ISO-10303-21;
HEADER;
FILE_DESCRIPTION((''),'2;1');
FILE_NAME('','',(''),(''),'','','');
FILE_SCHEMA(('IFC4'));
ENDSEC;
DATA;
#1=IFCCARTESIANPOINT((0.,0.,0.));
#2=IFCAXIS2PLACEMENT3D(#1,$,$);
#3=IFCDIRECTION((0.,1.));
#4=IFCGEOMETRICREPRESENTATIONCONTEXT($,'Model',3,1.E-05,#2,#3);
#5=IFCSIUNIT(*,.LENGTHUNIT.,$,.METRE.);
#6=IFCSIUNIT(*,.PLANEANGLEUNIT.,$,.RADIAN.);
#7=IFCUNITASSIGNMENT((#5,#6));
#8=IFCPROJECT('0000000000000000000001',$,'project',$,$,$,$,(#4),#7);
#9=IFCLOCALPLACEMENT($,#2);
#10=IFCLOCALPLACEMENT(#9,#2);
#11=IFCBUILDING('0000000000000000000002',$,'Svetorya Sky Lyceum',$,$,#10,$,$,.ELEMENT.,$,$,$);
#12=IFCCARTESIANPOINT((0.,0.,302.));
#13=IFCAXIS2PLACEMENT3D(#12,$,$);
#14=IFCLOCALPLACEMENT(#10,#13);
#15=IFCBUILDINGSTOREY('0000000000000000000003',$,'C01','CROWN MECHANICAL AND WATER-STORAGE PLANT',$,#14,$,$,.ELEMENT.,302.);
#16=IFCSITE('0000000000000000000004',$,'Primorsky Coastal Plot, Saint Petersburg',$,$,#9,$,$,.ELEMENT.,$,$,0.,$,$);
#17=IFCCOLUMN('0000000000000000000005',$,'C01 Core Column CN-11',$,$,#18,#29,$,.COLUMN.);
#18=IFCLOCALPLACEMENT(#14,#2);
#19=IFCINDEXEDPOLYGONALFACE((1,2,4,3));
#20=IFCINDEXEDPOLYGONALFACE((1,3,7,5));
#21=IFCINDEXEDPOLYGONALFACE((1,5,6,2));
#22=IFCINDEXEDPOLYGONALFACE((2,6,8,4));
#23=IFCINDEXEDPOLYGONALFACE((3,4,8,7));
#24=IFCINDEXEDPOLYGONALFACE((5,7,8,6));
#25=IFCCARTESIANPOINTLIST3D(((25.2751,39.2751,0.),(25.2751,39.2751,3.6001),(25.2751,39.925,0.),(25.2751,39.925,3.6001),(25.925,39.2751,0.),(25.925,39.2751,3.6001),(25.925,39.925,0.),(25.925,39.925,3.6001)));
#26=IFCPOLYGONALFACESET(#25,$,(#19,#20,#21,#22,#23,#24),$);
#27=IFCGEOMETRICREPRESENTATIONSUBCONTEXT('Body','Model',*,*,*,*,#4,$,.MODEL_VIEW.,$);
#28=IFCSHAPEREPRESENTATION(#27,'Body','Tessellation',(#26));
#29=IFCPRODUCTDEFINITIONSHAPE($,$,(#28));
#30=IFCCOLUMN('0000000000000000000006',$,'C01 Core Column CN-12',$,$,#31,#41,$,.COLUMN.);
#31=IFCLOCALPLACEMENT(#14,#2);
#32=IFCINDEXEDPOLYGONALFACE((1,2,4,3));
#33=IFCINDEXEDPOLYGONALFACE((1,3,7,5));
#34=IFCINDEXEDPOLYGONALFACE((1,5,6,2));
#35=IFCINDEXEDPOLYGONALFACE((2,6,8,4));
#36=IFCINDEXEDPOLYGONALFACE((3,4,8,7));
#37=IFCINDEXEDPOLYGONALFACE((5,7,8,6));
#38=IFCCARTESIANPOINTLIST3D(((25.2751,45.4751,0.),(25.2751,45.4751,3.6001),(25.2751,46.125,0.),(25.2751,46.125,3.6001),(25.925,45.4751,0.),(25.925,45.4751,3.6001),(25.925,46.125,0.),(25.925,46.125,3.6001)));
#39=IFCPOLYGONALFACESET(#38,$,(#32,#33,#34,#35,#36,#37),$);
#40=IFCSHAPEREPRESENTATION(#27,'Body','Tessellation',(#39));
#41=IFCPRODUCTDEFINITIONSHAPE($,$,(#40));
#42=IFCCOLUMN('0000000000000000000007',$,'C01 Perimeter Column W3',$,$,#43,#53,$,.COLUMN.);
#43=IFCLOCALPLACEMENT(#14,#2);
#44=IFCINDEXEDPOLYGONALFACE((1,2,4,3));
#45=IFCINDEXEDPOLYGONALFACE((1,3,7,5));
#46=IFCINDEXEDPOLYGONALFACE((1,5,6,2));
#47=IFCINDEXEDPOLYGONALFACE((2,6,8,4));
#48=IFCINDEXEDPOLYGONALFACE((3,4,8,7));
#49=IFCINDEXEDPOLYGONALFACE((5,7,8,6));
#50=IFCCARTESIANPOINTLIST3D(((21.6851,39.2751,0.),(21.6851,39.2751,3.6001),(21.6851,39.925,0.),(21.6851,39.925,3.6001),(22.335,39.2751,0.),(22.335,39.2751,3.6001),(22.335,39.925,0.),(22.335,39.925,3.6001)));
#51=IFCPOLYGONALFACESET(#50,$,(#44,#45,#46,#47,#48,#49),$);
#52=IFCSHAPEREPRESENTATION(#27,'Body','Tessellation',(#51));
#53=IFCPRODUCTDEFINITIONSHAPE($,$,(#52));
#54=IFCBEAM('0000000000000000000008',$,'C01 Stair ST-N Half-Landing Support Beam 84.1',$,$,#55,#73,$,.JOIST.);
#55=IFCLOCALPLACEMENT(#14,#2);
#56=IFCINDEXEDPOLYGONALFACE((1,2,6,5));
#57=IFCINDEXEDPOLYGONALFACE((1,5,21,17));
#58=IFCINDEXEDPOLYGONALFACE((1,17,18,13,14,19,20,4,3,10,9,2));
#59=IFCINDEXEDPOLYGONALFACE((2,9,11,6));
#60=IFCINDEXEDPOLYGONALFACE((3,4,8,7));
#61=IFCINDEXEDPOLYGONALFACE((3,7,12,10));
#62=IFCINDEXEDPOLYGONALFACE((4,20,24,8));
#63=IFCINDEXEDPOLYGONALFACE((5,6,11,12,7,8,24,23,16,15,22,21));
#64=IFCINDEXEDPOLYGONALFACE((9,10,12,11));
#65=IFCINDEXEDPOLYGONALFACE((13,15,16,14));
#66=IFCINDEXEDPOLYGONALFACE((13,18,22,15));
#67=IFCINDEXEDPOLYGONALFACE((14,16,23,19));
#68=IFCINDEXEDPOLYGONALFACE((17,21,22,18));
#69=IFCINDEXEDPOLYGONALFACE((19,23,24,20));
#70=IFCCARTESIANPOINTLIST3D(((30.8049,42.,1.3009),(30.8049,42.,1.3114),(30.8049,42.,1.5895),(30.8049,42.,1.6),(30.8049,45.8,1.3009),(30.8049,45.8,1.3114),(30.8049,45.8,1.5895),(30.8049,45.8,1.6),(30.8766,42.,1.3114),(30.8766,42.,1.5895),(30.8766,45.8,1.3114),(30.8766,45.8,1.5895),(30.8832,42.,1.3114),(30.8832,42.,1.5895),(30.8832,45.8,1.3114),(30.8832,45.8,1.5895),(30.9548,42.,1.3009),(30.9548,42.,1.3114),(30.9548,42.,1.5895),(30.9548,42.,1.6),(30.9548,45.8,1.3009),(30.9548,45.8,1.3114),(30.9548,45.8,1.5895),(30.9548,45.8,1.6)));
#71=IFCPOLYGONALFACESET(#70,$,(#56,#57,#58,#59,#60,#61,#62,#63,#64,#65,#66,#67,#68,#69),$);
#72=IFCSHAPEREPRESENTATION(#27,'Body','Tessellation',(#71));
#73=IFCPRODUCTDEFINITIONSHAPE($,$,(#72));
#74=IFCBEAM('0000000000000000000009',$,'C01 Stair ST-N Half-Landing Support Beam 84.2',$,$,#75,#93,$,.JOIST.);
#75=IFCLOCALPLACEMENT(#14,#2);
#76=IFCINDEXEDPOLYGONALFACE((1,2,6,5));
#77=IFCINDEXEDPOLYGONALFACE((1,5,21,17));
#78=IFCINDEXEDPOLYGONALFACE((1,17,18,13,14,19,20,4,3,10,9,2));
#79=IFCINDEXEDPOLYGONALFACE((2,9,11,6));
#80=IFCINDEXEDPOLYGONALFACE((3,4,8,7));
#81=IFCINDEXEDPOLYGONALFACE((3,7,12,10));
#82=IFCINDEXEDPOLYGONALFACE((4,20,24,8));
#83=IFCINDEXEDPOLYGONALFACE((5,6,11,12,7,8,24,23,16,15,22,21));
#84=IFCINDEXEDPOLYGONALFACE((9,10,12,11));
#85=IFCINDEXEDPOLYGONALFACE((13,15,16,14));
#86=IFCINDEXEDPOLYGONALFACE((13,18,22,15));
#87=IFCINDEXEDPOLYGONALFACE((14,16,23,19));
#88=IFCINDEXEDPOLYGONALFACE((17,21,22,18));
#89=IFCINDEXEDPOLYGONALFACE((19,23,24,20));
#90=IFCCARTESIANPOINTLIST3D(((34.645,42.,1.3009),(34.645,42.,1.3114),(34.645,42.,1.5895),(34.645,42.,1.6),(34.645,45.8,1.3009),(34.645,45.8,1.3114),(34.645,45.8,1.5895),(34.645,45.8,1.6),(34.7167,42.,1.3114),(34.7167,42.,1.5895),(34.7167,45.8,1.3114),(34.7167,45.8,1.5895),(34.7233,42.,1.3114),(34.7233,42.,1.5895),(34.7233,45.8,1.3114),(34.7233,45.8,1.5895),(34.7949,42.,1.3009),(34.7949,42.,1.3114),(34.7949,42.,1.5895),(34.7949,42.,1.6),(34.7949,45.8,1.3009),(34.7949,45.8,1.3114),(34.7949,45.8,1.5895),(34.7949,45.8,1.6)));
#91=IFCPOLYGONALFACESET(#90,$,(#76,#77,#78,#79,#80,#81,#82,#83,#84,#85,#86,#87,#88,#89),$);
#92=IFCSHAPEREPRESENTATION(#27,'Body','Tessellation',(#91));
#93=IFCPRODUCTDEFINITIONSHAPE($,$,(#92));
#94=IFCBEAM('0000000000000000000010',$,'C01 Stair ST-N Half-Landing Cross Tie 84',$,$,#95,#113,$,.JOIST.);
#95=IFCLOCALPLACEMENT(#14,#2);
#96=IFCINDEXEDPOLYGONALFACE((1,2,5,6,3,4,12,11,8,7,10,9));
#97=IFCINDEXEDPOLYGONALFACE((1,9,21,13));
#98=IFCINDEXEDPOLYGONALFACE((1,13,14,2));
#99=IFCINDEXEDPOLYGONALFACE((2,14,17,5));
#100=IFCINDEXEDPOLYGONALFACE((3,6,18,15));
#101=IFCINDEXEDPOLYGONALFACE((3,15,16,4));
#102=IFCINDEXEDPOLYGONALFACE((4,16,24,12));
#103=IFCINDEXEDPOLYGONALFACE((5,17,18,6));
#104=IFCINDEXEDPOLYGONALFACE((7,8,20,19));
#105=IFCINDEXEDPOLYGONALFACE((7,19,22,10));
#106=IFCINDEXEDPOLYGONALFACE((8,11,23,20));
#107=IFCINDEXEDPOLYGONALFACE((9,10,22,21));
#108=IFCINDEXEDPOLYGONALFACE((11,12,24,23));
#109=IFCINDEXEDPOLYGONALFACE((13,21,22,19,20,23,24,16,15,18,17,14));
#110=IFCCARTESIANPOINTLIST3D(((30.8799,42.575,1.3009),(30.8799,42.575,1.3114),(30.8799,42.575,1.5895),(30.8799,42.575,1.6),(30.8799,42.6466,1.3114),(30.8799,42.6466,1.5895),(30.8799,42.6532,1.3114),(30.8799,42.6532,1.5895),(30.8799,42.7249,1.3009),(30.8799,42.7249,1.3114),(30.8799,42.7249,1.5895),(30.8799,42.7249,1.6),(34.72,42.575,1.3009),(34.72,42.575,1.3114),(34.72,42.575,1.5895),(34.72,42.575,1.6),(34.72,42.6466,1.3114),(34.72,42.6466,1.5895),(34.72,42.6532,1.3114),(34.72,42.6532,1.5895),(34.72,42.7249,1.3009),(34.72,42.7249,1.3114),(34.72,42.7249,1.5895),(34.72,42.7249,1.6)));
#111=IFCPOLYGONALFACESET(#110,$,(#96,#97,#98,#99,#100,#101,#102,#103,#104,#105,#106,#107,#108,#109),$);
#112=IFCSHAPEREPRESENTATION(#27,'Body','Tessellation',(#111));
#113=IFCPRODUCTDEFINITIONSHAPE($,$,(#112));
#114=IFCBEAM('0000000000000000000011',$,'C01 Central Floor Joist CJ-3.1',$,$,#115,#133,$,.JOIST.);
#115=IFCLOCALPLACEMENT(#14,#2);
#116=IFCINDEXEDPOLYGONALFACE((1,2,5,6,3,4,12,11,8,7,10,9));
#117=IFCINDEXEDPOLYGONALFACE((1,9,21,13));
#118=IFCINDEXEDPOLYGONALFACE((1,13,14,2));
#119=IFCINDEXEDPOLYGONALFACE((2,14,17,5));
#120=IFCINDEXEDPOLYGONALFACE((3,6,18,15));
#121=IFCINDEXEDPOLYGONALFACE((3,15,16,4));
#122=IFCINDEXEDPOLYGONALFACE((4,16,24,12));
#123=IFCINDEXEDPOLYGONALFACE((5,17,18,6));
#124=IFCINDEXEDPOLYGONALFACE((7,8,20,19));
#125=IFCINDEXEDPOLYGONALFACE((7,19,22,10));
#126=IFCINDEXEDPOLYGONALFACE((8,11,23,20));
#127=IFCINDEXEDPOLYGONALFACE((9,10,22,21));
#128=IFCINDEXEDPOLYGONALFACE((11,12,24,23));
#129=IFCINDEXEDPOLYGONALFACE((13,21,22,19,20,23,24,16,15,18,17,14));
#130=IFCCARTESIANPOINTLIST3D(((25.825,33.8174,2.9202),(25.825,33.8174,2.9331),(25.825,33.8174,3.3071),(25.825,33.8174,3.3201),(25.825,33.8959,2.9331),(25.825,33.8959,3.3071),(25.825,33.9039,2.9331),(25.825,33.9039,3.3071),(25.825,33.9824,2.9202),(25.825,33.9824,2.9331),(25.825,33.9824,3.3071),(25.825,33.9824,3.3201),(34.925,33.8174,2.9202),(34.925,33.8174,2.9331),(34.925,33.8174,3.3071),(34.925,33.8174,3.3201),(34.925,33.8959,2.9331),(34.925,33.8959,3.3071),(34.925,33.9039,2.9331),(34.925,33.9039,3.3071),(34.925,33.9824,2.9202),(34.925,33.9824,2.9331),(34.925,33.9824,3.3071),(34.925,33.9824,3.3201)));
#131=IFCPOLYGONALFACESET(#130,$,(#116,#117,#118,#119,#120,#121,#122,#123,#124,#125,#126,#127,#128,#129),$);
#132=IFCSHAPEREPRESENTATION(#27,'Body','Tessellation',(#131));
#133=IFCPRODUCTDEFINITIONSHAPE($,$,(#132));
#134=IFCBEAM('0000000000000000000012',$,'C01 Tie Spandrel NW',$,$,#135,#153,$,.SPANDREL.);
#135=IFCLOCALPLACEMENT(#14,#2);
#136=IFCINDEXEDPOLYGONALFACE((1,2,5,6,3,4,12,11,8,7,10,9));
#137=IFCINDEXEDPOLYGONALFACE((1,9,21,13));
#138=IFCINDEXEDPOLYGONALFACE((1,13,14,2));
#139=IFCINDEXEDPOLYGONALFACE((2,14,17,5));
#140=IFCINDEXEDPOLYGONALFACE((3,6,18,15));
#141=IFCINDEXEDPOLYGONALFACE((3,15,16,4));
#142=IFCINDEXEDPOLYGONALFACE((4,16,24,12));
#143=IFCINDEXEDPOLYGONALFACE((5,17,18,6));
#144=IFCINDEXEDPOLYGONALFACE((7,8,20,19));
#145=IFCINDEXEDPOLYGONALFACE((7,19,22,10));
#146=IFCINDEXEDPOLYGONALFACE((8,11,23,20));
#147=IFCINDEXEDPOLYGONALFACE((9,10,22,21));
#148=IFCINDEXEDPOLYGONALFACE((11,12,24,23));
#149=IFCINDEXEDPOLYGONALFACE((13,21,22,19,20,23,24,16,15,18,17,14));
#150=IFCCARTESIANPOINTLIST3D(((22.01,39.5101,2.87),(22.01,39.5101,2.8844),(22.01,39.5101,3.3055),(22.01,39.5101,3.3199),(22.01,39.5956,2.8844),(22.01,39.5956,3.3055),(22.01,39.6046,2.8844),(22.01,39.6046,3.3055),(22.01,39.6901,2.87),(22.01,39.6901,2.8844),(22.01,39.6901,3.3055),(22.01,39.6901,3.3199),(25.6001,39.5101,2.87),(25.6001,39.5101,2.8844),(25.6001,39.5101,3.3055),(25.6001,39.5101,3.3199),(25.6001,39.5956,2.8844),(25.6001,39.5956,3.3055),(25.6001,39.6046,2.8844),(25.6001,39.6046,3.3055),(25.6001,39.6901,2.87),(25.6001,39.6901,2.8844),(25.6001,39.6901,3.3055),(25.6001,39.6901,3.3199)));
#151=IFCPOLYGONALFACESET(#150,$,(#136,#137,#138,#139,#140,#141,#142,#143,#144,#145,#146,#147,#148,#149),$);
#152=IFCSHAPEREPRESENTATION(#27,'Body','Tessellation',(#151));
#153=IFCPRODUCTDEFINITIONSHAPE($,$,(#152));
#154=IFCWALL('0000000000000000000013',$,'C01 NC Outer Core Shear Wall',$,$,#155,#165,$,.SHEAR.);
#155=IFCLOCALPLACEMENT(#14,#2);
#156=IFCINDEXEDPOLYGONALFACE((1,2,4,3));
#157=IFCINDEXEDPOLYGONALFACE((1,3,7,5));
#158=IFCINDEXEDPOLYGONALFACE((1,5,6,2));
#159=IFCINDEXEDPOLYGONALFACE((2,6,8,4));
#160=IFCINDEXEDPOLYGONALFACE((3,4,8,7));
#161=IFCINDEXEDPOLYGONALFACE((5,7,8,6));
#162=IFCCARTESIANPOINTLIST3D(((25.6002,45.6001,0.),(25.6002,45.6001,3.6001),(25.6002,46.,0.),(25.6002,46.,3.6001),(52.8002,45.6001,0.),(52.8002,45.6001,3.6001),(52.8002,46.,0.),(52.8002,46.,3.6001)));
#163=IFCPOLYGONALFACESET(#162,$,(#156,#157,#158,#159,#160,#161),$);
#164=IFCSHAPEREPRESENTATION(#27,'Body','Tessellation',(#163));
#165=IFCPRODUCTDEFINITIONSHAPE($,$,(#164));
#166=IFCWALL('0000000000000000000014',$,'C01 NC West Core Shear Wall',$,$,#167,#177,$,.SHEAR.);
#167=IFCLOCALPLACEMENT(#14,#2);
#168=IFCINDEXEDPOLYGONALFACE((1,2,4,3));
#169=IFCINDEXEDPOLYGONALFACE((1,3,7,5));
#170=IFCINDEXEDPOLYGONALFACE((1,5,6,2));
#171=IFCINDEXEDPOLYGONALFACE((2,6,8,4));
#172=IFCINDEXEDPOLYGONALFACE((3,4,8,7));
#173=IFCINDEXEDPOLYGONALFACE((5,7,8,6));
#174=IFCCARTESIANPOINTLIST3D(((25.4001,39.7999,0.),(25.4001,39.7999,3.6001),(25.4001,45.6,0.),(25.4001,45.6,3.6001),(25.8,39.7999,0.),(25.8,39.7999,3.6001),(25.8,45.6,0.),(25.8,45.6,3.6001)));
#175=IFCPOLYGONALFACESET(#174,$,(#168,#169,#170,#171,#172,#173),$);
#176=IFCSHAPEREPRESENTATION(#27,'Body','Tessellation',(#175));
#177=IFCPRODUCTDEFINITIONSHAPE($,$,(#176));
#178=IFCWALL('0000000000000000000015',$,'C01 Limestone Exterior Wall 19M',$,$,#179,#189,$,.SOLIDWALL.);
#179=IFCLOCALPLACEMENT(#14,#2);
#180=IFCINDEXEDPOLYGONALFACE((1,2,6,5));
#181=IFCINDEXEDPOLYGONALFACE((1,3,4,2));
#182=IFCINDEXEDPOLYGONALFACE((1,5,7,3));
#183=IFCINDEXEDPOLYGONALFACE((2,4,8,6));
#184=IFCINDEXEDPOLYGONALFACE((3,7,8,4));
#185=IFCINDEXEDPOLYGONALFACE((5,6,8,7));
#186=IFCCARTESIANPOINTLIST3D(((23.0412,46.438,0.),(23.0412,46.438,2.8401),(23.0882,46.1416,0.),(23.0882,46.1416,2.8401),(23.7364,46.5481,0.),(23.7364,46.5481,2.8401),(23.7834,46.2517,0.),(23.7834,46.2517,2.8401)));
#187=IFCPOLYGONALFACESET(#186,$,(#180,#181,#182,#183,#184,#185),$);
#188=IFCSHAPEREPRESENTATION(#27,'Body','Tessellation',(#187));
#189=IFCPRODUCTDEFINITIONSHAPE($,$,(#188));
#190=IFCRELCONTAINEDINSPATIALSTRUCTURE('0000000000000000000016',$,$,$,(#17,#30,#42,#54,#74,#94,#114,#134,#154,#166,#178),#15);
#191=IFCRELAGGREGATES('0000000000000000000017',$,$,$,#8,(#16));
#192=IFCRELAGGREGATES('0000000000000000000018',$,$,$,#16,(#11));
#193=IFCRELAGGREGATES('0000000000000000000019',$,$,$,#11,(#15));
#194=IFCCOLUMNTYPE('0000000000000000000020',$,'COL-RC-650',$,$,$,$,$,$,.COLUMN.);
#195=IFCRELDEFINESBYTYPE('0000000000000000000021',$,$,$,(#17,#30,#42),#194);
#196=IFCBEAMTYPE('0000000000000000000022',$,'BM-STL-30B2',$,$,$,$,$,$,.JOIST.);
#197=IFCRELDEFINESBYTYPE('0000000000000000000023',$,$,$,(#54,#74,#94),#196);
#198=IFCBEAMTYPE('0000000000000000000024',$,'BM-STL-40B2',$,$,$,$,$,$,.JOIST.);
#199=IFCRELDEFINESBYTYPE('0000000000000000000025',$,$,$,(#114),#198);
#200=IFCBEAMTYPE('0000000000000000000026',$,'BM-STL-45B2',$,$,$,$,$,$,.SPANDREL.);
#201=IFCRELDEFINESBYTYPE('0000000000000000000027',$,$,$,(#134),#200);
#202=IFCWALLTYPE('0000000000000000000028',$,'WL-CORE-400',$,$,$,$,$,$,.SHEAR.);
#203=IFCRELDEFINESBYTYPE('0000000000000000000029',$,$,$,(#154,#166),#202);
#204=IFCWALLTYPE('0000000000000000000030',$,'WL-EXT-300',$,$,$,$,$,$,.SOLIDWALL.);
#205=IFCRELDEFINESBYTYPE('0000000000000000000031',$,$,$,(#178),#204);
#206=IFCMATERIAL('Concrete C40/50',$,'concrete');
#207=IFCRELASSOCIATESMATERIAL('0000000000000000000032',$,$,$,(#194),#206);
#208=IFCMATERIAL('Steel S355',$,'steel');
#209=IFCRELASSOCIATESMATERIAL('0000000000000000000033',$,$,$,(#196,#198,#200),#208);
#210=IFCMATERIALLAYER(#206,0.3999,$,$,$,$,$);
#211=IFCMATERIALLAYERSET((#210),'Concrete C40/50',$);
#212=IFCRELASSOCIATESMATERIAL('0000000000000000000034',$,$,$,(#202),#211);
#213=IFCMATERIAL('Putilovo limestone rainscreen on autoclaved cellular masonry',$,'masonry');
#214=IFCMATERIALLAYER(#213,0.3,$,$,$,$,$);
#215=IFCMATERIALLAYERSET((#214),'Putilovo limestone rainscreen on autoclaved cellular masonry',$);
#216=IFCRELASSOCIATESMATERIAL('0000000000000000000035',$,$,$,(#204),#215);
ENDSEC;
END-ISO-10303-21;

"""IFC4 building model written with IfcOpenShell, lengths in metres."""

from ifc_helpers import new_model, si_unit, direction, frame, frame_2d, origin, origin_2d, place, context, subcontext, project, spatial, rectangle, i_section, extrude, material, layer, layer_set, material_profile, profile_set, type_object, element, save


model = new_model("IFC4")

# Units and contexts
model_context = context("Model", 3, precision=1e-05, world=origin(), true_north=direction((0.0, 1.0)))
body_context = subcontext(model_context, "Body", "Model", "MODEL_VIEW")
ifc_project = project(units=[si_unit("LENGTHUNIT", "METRE"), si_unit("PLANEANGLEUNIT", "RADIAN")], contexts=[model_context])

# Site, building, storey
site_placement = place(None, origin())
site = spatial("IfcSite", under=ifc_project, at=site_placement, Name="Primorsky Coastal Plot, Saint Petersburg", CompositionType="ELEMENT", RefElevation=0.0)
building_placement = place(site_placement, origin())
building = spatial("IfcBuilding", under=site, at=building_placement, Name="Svetorya Sky Lyceum", CompositionType="ELEMENT")
storey_placement = place(building_placement, frame((0.0, 0.0, 302.0)))
storey = spatial("IfcBuildingStorey", under=building, at=storey_placement, Name="C01", Description="CROWN MECHANICAL AND WATER-STORAGE PLANT", CompositionType="ELEMENT", Elevation=302.0)

# Columns
ifc_material_1 = material(Name="Concrete C40/50", Category="concrete")
ifc_material_profile_1 = material_profile(ifc_material_1, rectangle(XDim=0.6499, YDim=0.6499, at=origin_2d()), Name="RC COL 650x650")
ifc_profile_set_1 = profile_set([ifc_material_profile_1], Name="Concrete C40/50")
column_type = type_object("IfcColumnType", Name="COL-RC-650", PredefinedType="COLUMN", material=ifc_profile_set_1)
for number, where, z_axis, x_axis, name in (
    (1, (25.6001, 39.6001, 0.0), (0.0, 0.0, 1.0), (1.0, 0.0, 0.0), "C01 Core Column CN-11"),
    (2, (25.6001, 45.8, 0.0), (0.0, 0.0, 1.0), (1.0, 0.0, 0.0), "C01 Core Column CN-12"),
    (3, (22.01, 39.6001, 0.0), (0.0, 0.0, 1.0), (1.0, 0.0, 0.0), "C01 Perimeter Column W3"),
):
    element("IfcColumn", number, at=place(storey_placement, frame(where, z_axis=z_axis, x_axis=x_axis)), inside=storey, type_object=column_type, Name=name, PredefinedType="COLUMN", context=body_context, shape_type="SweptSolid", body=[
        extrude(rectangle(XDim=0.6499, YDim=0.6499, at=origin_2d()), origin(), (0.0, 0.0, 1.0), 3.6001),
    ])

# Beams
ifc_material_2 = material(Name="Steel S355", Category="steel")
ifc_material_profile_2 = material_profile(ifc_material_2, i_section(OverallWidth=0.1499, OverallDepth=0.2991, WebThickness=0.0066, FlangeThickness=0.0105, at=origin_2d()), Name="GOST 30B2")
ifc_profile_set_2 = profile_set([ifc_material_profile_2], Name="Steel S355")
beam_type_1 = type_object("IfcBeamType", Name="BM-STL-30B2", PredefinedType="JOIST", material=ifc_profile_set_2)
for number, where, z_axis, x_axis, name in (
    (4, (30.8799, 42.0, 1.4504), (0.0, 1.0, 0.0), (-1.0, 0.0, 0.0), "C01 Stair ST-N Half-Landing Support Beam 84.1"),
    (5, (34.72, 42.0, 1.4504), (0.0, 1.0, 0.0), (-1.0, 0.0, 0.0), "C01 Stair ST-N Half-Landing Support Beam 84.2"),
):
    element("IfcBeam", number, at=place(storey_placement, frame(where, z_axis=z_axis, x_axis=x_axis)), inside=storey, type_object=beam_type_1, Name=name, PredefinedType="JOIST", context=body_context, shape_type="SweptSolid", body=[
        extrude(i_section(OverallWidth=0.1499, OverallDepth=0.2991, WebThickness=0.0066, FlangeThickness=0.0105, at=origin_2d()), origin(), (0.0, 0.0, 1.0), 3.8),
    ])
beam_1_placement = place(storey_placement, frame((30.8799, 42.6499, 1.4504), z_axis=(1.0, 0.0, 0.0), x_axis=(0.0, 1.0, 0.0)))
element("IfcBeam", 6, at=beam_1_placement, inside=storey, type_object=beam_type_1, Name="C01 Stair ST-N Half-Landing Cross Tie 84", PredefinedType="JOIST", context=body_context, shape_type="SweptSolid", body=[
    extrude(i_section(OverallWidth=0.1499, OverallDepth=0.2991, WebThickness=0.0066, FlangeThickness=0.0105, at=origin_2d()), origin(), (0.0, 0.0, 1.0), 3.8401),
])
ifc_material_profile_3 = material_profile(ifc_material_2, i_section(OverallWidth=0.165, OverallDepth=0.3999, WebThickness=0.0081, FlangeThickness=0.0129, at=origin_2d()), Name="GOST 40B2")
ifc_profile_set_3 = profile_set([ifc_material_profile_3], Name="Steel S355")
beam_type_2 = type_object("IfcBeamType", Name="BM-STL-40B2", PredefinedType="JOIST", material=ifc_profile_set_3)
beam_2_placement = place(storey_placement, frame((25.825, 33.8999, 3.1201), z_axis=(1.0, 0.0, 0.0), x_axis=(0.0, 1.0, 0.0)))
element("IfcBeam", 7, at=beam_2_placement, inside=storey, type_object=beam_type_2, Name="C01 Central Floor Joist CJ-3.1", PredefinedType="JOIST", context=body_context, shape_type="SweptSolid", body=[
    extrude(i_section(OverallWidth=0.165, OverallDepth=0.3999, WebThickness=0.0081, FlangeThickness=0.0129, at=origin_2d()), origin(), (0.0, 0.0, 1.0), 9.1001),
])
ifc_material_profile_4 = material_profile(ifc_material_2, i_section(OverallWidth=0.1799, OverallDepth=0.45, WebThickness=0.009, FlangeThickness=0.0144, at=origin_2d()), Name="GOST 45B2")
ifc_profile_set_4 = profile_set([ifc_material_profile_4], Name="Steel S355")
beam_type_3 = type_object("IfcBeamType", Name="BM-STL-45B2", PredefinedType="SPANDREL", material=ifc_profile_set_4)
beam_3_placement = place(storey_placement, frame((22.01, 39.6001, 3.095), z_axis=(1.0, 0.0, 0.0), x_axis=(0.0, 1.0, 0.0)))
element("IfcBeam", 8, at=beam_3_placement, inside=storey, type_object=beam_type_3, Name="C01 Tie Spandrel NW", PredefinedType="SPANDREL", context=body_context, shape_type="SweptSolid", body=[
    extrude(i_section(OverallWidth=0.1799, OverallDepth=0.45, WebThickness=0.009, FlangeThickness=0.0144, at=origin_2d()), origin(), (0.0, 0.0, 1.0), 3.5901),
])

# Walls
ifc_layer_1 = layer(ifc_material_1, 0.3999)
ifc_layer_set_1 = layer_set([ifc_layer_1], Name="Concrete C40/50")
wall_type_1 = type_object("IfcWallType", Name="WL-CORE-400", PredefinedType="SHEAR", material=ifc_layer_set_1)
wall_1_placement = place(storey_placement, frame((25.6001, 45.8, 0.0), z_axis=(0.0, 0.0, 1.0), x_axis=(1.0, 0.0, 0.0)))
element("IfcWall", 9, at=wall_1_placement, inside=storey, type_object=wall_type_1, Name="C01 NC Outer Core Shear Wall", PredefinedType="SHEAR", context=body_context, shape_type="SweptSolid", body=[
    extrude(rectangle(XDim=27.2, YDim=0.3999, at=frame_2d((13.6001, 0.0))), origin(), (0.0, 0.0, 1.0), 3.6001),
])
wall_2_placement = place(storey_placement, frame((25.6001, 39.8, 0.0), z_axis=(0.0, 0.0, 1.0), x_axis=(0.0, 1.0, 0.0)))
element("IfcWall", 10, at=wall_2_placement, inside=storey, type_object=wall_type_1, Name="C01 NC West Core Shear Wall", PredefinedType="SHEAR", context=body_context, shape_type="SweptSolid", body=[
    extrude(rectangle(XDim=5.8, YDim=0.3999, at=frame_2d((2.8999, 0.0))), origin(), (0.0, 0.0, 1.0), 3.6001),
])
ifc_material_3 = material(Name="Putilovo limestone rainscreen on autoclaved cellular masonry", Category="masonry")
ifc_layer_2 = layer(ifc_material_3, 0.3)
ifc_layer_set_2 = layer_set([ifc_layer_2], Name="Putilovo limestone rainscreen on autoclaved cellular masonry")
wall_type_2 = type_object("IfcWallType", Name="WL-EXT-300", PredefinedType="SOLIDWALL", material=ifc_layer_set_2)
for number, where, z_axis, x_axis, name in (
    (11, (23.76, 46.3999, 0.0), (0.0, 0.0, 1.0), (-0.987693, -0.156408, 0.0), "C01 Limestone Exterior Wall 19M"),
):
    element("IfcWall", number, at=place(storey_placement, frame(where, z_axis=z_axis, x_axis=x_axis)), inside=storey, type_object=wall_type_2, Name=name, PredefinedType="SOLIDWALL", context=body_context, shape_type="SweptSolid", body=[
        extrude(rectangle(XDim=0.7039, YDim=0.3, at=frame_2d((0.3521, 0.0))), origin(), (0.0, 0.0, 1.0), 2.8401),
    ])

save(model, "model.ifc")
